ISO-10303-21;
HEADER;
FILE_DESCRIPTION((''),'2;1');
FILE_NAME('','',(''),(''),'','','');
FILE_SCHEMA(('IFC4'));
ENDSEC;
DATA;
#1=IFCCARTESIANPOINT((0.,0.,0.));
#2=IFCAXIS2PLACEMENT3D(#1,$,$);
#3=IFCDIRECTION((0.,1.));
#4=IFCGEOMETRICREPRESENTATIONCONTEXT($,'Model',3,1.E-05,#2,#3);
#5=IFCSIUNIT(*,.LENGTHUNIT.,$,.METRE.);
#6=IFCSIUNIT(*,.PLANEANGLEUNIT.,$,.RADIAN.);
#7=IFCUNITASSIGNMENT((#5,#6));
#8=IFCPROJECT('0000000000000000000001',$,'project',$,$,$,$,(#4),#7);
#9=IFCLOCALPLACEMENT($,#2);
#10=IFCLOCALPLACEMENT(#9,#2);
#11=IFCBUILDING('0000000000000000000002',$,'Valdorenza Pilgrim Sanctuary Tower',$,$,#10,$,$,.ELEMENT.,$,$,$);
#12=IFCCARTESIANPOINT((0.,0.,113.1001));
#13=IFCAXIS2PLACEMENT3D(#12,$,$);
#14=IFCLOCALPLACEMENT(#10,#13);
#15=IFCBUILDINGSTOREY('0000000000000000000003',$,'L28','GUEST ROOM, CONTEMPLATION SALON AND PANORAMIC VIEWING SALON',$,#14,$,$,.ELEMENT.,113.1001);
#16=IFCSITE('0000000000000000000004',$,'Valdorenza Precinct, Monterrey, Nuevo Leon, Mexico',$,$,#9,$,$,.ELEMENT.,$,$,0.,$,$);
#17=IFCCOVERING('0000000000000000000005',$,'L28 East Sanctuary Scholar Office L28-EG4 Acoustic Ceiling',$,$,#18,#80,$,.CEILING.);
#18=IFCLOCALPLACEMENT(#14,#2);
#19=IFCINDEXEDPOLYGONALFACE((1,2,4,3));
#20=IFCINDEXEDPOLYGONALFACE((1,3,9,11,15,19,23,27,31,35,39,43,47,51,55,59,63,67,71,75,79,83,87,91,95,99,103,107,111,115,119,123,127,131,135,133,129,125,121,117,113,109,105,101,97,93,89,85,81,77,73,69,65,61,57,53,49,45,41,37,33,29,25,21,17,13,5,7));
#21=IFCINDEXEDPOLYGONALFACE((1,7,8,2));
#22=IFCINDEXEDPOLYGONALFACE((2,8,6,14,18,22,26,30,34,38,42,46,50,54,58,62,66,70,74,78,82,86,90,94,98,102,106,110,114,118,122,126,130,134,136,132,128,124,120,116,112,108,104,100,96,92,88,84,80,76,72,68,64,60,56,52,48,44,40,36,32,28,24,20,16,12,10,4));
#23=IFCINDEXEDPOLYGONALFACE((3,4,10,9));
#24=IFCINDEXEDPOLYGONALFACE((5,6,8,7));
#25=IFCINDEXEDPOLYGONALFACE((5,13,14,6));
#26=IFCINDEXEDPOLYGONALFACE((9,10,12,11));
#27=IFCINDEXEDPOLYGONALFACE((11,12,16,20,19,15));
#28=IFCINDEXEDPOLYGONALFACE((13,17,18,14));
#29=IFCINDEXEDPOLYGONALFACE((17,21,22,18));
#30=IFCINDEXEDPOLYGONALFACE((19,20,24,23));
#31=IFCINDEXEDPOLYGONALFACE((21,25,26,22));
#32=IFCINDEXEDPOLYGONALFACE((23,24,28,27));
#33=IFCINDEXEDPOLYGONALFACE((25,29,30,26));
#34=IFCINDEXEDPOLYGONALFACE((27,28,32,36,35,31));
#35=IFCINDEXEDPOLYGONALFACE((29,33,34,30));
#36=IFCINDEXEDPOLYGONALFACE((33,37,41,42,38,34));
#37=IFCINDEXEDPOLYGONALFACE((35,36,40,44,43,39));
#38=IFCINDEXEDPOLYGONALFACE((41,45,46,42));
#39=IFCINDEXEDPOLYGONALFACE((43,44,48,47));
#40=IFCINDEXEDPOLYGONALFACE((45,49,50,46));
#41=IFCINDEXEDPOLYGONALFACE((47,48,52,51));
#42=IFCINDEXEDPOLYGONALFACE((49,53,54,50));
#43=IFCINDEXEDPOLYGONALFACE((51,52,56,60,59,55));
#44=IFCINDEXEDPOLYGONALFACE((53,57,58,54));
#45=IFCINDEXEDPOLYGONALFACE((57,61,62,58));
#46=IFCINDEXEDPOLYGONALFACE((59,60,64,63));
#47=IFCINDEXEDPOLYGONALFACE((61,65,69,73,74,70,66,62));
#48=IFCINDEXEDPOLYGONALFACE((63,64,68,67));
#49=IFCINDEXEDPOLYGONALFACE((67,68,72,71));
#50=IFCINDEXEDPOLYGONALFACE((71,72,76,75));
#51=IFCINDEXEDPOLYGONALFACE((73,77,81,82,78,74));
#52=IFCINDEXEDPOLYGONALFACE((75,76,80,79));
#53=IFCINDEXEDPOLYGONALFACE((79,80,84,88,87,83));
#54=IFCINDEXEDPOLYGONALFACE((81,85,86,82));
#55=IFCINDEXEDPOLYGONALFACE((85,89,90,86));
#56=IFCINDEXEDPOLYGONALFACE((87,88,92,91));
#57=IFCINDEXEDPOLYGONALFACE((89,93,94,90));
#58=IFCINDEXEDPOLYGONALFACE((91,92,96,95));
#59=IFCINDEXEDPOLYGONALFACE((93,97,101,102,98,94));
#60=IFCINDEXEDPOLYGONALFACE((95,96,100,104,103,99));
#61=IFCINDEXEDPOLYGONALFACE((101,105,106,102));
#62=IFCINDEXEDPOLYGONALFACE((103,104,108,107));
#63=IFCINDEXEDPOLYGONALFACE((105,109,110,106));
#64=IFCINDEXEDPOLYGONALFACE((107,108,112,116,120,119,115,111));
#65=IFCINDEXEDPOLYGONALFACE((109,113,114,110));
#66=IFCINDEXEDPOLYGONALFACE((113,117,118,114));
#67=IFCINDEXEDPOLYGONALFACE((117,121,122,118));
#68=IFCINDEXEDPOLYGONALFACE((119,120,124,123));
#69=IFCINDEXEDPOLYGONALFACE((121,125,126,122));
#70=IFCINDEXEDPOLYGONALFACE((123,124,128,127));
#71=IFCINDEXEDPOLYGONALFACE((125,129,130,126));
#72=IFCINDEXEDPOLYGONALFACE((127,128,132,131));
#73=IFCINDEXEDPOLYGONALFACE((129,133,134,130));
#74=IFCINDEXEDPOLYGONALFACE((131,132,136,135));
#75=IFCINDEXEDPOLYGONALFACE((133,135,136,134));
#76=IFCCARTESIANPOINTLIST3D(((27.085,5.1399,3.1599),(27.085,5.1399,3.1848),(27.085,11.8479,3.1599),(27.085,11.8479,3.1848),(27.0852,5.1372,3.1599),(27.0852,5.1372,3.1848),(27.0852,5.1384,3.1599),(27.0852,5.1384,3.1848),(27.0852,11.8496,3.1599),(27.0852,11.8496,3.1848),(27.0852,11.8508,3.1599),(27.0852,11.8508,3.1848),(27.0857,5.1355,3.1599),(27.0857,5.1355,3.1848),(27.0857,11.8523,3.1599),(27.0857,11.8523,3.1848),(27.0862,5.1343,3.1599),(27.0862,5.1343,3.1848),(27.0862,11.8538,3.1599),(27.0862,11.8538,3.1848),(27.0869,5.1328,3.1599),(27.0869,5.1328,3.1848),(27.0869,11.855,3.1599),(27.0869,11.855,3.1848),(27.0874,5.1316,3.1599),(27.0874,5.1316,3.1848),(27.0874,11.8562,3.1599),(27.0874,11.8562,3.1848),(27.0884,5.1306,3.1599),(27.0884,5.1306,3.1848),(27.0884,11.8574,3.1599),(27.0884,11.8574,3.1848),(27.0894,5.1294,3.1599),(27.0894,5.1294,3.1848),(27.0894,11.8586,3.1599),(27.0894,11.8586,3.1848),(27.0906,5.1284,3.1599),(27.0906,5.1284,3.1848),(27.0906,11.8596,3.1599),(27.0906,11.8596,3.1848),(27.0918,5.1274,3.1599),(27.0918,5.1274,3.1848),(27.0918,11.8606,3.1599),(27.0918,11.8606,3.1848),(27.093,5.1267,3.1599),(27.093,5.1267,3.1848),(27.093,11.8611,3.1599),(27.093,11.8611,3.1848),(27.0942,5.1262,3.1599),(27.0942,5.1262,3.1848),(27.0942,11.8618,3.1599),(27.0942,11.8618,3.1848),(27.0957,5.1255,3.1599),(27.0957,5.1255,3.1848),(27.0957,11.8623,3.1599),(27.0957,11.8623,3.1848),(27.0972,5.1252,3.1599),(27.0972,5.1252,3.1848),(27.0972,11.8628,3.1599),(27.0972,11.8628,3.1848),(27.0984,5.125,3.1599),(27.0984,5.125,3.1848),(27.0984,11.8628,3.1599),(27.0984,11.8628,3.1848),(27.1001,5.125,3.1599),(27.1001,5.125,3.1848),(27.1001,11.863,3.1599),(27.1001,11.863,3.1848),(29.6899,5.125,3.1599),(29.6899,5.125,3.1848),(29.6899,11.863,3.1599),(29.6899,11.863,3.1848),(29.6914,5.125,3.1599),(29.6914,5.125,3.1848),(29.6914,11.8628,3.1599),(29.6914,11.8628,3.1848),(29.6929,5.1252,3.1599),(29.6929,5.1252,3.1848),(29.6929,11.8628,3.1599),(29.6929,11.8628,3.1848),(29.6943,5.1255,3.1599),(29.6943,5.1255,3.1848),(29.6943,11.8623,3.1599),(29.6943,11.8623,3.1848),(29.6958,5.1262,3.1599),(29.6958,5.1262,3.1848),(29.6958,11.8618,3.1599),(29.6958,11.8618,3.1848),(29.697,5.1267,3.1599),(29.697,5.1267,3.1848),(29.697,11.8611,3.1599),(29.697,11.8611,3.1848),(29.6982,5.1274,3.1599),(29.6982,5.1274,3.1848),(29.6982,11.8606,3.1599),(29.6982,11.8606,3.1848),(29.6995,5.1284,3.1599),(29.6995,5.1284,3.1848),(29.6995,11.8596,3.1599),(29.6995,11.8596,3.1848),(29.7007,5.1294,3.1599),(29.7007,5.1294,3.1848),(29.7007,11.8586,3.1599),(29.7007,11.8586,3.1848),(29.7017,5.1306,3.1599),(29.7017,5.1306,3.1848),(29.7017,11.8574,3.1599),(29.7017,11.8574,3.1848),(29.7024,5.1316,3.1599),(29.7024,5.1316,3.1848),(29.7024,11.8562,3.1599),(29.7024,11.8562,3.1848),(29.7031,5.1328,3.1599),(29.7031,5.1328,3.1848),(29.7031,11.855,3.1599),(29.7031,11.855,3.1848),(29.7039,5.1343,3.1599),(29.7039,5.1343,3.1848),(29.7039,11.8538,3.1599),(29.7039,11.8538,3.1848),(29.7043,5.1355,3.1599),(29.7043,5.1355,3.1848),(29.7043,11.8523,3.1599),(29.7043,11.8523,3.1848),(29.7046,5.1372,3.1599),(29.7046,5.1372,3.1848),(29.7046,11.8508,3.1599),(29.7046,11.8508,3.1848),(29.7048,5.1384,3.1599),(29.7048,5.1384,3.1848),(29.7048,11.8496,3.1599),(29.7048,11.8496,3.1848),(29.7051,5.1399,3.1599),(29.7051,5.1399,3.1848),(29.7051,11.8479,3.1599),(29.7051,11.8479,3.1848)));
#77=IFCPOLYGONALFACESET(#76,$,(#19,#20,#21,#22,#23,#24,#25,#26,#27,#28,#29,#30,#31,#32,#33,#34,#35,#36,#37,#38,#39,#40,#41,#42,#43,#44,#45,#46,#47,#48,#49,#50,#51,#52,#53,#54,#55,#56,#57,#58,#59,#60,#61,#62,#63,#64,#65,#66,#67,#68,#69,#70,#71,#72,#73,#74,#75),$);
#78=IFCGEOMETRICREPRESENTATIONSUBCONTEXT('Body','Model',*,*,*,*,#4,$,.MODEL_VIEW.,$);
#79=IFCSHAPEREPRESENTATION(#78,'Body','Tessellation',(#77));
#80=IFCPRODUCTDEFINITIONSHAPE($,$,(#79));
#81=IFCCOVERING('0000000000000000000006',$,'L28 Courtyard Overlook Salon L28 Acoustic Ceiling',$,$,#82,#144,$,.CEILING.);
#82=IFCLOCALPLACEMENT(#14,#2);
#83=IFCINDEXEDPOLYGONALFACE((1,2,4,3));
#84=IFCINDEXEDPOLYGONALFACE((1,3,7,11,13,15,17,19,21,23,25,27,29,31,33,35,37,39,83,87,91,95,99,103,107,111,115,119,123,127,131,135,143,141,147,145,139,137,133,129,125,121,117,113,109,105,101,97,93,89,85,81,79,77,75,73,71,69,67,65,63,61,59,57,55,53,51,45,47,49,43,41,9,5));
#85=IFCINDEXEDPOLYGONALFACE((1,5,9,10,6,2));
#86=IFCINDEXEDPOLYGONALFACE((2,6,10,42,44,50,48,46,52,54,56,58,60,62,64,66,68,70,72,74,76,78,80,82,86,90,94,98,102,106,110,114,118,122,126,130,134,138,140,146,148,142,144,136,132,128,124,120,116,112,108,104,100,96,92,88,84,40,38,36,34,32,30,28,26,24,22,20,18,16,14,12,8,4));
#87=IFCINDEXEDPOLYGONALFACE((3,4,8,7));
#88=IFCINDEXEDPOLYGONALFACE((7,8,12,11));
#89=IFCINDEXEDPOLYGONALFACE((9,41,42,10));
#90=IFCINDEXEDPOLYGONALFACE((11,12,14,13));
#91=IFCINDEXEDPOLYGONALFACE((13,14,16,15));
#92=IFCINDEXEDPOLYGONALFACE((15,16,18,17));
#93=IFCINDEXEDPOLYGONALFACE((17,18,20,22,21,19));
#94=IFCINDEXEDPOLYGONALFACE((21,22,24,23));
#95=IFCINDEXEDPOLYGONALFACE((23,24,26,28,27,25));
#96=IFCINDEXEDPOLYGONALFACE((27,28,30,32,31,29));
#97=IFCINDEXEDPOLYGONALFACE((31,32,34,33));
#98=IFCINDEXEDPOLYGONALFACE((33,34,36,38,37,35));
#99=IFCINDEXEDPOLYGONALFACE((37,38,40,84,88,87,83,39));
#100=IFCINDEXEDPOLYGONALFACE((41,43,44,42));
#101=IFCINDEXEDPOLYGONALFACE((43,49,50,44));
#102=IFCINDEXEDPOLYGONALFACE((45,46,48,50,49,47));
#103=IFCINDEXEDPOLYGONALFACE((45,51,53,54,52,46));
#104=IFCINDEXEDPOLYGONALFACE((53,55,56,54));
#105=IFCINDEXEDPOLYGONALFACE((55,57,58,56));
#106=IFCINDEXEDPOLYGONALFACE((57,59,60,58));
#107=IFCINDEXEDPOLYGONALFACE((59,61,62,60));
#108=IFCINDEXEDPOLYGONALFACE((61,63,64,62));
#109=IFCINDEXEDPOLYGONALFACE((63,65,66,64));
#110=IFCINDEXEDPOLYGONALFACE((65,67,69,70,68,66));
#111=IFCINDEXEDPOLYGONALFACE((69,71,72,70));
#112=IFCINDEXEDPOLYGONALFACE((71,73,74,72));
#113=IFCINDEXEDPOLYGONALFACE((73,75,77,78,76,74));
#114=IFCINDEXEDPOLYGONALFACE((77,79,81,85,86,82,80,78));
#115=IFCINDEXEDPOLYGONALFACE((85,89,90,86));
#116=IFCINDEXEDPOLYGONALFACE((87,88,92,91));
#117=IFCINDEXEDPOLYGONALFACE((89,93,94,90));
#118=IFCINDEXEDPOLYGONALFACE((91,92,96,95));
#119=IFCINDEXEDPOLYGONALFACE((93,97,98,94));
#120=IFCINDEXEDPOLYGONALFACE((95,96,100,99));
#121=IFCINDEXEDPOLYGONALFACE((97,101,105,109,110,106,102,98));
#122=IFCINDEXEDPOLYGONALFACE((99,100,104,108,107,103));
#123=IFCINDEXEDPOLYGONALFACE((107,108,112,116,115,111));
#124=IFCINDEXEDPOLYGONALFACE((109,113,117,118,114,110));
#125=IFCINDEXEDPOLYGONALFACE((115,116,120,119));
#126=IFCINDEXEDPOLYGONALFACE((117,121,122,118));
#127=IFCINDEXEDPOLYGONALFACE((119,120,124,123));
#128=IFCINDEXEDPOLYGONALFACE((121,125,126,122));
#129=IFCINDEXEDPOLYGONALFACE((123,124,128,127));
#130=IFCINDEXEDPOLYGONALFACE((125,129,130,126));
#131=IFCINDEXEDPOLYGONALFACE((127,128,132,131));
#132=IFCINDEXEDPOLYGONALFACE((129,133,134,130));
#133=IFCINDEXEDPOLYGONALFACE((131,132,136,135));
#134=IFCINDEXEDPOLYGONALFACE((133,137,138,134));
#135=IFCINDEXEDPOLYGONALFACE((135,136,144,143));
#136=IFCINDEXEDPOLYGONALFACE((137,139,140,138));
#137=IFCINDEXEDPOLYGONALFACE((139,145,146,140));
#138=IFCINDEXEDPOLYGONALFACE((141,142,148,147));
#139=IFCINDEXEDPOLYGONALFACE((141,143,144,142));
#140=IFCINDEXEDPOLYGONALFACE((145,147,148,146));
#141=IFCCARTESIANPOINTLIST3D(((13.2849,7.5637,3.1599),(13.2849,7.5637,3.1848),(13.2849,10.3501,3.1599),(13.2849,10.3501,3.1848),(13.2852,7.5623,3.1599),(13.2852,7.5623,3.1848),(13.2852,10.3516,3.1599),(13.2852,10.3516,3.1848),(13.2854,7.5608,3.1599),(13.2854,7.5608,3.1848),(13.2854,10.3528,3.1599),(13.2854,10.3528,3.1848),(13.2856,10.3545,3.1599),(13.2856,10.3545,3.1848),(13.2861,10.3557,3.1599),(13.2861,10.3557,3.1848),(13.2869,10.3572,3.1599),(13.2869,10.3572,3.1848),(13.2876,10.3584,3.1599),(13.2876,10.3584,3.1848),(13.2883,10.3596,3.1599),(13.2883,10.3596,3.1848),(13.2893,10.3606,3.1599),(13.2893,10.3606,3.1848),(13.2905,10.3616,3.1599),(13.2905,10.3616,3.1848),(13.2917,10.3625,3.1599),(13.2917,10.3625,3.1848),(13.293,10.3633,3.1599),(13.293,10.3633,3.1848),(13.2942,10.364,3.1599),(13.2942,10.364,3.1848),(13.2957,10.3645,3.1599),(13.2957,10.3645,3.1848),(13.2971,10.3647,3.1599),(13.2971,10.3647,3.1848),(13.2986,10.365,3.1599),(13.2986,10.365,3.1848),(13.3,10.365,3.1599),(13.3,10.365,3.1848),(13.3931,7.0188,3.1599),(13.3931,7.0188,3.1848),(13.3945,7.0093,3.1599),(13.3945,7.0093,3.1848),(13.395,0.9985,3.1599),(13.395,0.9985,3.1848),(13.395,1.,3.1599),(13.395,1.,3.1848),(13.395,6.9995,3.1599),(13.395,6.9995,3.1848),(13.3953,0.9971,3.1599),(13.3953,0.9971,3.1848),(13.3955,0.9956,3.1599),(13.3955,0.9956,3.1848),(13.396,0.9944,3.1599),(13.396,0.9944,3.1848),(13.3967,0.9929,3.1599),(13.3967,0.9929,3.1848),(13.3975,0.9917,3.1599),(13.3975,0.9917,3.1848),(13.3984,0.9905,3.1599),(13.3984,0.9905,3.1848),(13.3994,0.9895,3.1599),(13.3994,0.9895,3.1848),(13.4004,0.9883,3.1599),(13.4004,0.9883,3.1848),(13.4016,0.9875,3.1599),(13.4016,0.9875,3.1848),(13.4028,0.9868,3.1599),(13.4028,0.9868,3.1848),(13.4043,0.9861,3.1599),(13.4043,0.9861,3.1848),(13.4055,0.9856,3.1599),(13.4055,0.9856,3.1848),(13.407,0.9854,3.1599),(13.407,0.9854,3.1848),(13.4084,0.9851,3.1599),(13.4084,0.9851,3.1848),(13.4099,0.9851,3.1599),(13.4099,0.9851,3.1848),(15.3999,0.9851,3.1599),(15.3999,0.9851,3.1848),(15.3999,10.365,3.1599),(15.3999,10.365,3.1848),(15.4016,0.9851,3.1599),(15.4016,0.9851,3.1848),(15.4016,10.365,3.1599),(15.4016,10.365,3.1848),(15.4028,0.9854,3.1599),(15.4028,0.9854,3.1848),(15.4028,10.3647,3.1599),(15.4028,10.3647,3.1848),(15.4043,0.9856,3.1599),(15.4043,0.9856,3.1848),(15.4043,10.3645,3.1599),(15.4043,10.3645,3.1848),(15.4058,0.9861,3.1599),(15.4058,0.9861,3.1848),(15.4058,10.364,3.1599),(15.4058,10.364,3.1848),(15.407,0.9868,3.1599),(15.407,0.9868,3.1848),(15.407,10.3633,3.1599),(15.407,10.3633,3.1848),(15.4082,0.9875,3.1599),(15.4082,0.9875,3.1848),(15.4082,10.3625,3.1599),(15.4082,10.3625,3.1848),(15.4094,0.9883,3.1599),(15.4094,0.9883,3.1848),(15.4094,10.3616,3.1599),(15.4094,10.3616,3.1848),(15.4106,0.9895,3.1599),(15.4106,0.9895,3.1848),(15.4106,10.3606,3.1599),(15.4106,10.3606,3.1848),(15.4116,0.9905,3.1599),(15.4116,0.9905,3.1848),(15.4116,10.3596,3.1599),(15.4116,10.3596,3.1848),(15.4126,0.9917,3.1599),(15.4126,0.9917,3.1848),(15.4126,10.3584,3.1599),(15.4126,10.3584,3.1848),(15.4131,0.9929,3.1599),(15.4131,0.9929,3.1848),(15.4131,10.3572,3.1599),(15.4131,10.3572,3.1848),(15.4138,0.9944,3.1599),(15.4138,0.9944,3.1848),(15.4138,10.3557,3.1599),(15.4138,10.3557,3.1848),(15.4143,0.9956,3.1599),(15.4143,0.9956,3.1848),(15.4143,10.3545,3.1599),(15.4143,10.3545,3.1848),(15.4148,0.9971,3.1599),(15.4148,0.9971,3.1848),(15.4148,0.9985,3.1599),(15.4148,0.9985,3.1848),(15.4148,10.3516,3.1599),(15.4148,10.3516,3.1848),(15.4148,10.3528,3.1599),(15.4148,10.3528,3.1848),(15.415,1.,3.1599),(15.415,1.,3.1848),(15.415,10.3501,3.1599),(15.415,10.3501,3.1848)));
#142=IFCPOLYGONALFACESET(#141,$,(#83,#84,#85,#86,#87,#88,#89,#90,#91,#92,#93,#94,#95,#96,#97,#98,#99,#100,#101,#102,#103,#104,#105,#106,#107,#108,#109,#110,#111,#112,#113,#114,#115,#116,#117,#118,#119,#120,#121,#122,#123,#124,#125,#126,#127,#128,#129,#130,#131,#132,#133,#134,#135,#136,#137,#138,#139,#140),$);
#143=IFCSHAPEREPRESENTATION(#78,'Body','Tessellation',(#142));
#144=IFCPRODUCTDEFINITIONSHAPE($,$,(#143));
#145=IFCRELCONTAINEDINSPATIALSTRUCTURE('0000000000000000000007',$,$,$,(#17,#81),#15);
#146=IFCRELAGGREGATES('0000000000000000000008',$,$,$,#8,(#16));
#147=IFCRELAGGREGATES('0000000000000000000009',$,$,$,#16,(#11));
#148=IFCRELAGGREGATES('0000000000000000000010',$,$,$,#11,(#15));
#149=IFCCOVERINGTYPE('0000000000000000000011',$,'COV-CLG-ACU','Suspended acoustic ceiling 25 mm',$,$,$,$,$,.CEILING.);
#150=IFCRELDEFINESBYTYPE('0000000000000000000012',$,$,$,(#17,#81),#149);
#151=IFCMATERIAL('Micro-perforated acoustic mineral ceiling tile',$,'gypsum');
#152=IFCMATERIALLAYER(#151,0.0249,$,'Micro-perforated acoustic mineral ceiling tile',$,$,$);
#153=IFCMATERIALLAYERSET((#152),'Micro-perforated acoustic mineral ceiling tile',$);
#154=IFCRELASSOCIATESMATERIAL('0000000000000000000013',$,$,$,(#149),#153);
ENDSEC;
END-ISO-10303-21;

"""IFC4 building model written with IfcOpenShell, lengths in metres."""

from ifc_helpers import new_model, si_unit, direction, frame, origin, place, context, subcontext, project, spatial, polyline, outline, extrude, material, layer, layer_set, type_object, element, save


model = new_model("IFC4")

# Units and contexts
model_context = context("Model", 3, precision=1e-05, world=origin(), true_north=direction((0.0, 1.0)))
body_context = subcontext(model_context, "Body", "Model", "MODEL_VIEW")
ifc_project = project(units=[si_unit("LENGTHUNIT", "METRE"), si_unit("PLANEANGLEUNIT", "RADIAN")], contexts=[model_context])

# Site, building, storey
site_placement = place(None, origin())
site = spatial("IfcSite", under=ifc_project, at=site_placement, Name="Valdorenza Precinct, Monterrey, Nuevo Leon, Mexico", CompositionType="ELEMENT", RefElevation=0.0)
building_placement = place(site_placement, origin())
building = spatial("IfcBuilding", under=site, at=building_placement, Name="Valdorenza Pilgrim Sanctuary Tower", CompositionType="ELEMENT")
storey_placement = place(building_placement, frame((0.0, 0.0, 113.1001)))
storey = spatial("IfcBuildingStorey", under=building, at=storey_placement, Name="L28", Description="GUEST ROOM, CONTEMPLATION SALON AND PANORAMIC VIEWING SALON", CompositionType="ELEMENT", Elevation=113.1001)

# Coverings
ifc_material_1 = material(Name="Micro-perforated acoustic mineral ceiling tile", Category="gypsum")
ifc_layer_1 = layer(ifc_material_1, 0.0249, Name="Micro-perforated acoustic mineral ceiling tile")
ifc_layer_set_1 = layer_set([ifc_layer_1], Name="Micro-perforated acoustic mineral ceiling tile")
covering_type_1 = type_object("IfcCoveringType", Name="COV-CLG-ACU", Description="Suspended acoustic ceiling 25 mm", PredefinedType="CEILING", material=ifc_layer_set_1)
covering_1_placement = place(storey_placement, frame((0.0, 0.0, 3.1599)))
element("IfcCovering", 1, at=covering_1_placement, inside=storey, type_object=covering_type_1, Name="L28 East Sanctuary Scholar Office L28-EG4 Acoustic Ceiling", PredefinedType="CEILING", context=body_context, shape_type="SweptSolid", body=[
    extrude(outline(polyline([(27.085, 11.8479), (27.0852, 11.8496), (27.0852, 11.8508), (27.0857, 11.8523), (27.0862, 11.8538), (27.0869, 11.855), (27.0874, 11.8562), (27.0884, 11.8574), (27.0894, 11.8586), (27.0906, 11.8596), (27.0918, 11.8606), (27.093, 11.8611), (27.0942, 11.8618), (27.0957, 11.8623), (27.0972, 11.8628), (27.0984, 11.8628), (27.1001, 11.863), (29.6899, 11.863), (29.6914, 11.8628), (29.6929, 11.8628), (29.6943, 11.8623), (29.6958, 11.8618), (29.697, 11.8611), (29.6982, 11.8606), (29.6995, 11.8596), (29.7007, 11.8586), (29.7017, 11.8574), (29.7024, 11.8562), (29.7031, 11.855), (29.7039, 11.8538), (29.7043, 11.8523), (29.7046, 11.8508), (29.7048, 11.8496), (29.7051, 11.8479), (29.7051, 5.1399), (29.7048, 5.1384), (29.7046, 5.1372), (29.7043, 5.1355), (29.7039, 5.1343), (29.7031, 5.1328), (29.7024, 5.1316), (29.7017, 5.1306), (29.7007, 5.1294), (29.6995, 5.1284), (29.6982, 5.1274), (29.697, 5.1267), (29.6958, 5.1262), (29.6943, 5.1255), (29.6929, 5.1252), (29.6914, 5.125), (29.6899, 5.125), (27.1001, 5.125), (27.0984, 5.125), (27.0972, 5.1252), (27.0957, 5.1255), (27.0942, 5.1262), (27.093, 5.1267), (27.0918, 5.1274), (27.0906, 5.1284), (27.0894, 5.1294), (27.0884, 5.1306), (27.0874, 5.1316), (27.0869, 5.1328), (27.0862, 5.1343), (27.0857, 5.1355), (27.0852, 5.1372), (27.0852, 5.1384), (27.085, 5.1399), (27.085, 11.8479)])), origin(), (0.0, 0.0, 1.0), 0.0249),
])
covering_2_placement = place(storey_placement, frame((0.0, 0.0, 3.1599)))
element("IfcCovering", 2, at=covering_2_placement, inside=storey, type_object=covering_type_1, Name="L28 Courtyard Overlook Salon L28 Acoustic Ceiling", PredefinedType="CEILING", context=body_context, shape_type="SweptSolid", body=[
    extrude(outline(polyline([(15.3999, 10.365), (15.4016, 10.365), (15.4028, 10.3647), (15.4043, 10.3645), (15.4058, 10.364), (15.407, 10.3633), (15.4082, 10.3625), (15.4094, 10.3616), (15.4106, 10.3606), (15.4116, 10.3596), (15.4126, 10.3584), (15.4131, 10.3572), (15.4138, 10.3557), (15.4143, 10.3545), (15.4148, 10.3528), (15.4148, 10.3516), (15.415, 10.3501), (15.415, 1.0), (15.4148, 0.9985), (15.4148, 0.9971), (15.4143, 0.9956), (15.4138, 0.9944), (15.4131, 0.9929), (15.4126, 0.9917), (15.4116, 0.9905), (15.4106, 0.9895), (15.4094, 0.9883), (15.4082, 0.9875), (15.407, 0.9868), (15.4058, 0.9861), (15.4043, 0.9856), (15.4028, 0.9854), (15.4016, 0.9851), (15.3999, 0.9851), (13.4099, 0.9851), (13.4084, 0.9851), (13.407, 0.9854), (13.4055, 0.9856), (13.4043, 0.9861), (13.4028, 0.9868), (13.4016, 0.9875), (13.4004, 0.9883), (13.3994, 0.9895), (13.3984, 0.9905), (13.3975, 0.9917), (13.3967, 0.9929), (13.396, 0.9944), (13.3955, 0.9956), (13.3953, 0.9971), (13.395, 0.9985), (13.395, 1.0), (13.395, 6.9995), (13.3945, 7.0093), (13.3931, 7.0188), (13.2854, 7.5608), (13.2852, 7.5623), (13.2849, 7.5637), (13.2849, 10.3501), (13.2852, 10.3516), (13.2854, 10.3528), (13.2856, 10.3545), (13.2861, 10.3557), (13.2869, 10.3572), (13.2876, 10.3584), (13.2883, 10.3596), (13.2893, 10.3606), (13.2905, 10.3616), (13.2917, 10.3625), (13.293, 10.3633), (13.2942, 10.364), (13.2957, 10.3645), (13.2971, 10.3647), (13.2986, 10.365), (13.3, 10.365), (15.3999, 10.365)])), origin(), (0.0, 0.0, 1.0), 0.0249),
])

save(model, "model.ifc")
